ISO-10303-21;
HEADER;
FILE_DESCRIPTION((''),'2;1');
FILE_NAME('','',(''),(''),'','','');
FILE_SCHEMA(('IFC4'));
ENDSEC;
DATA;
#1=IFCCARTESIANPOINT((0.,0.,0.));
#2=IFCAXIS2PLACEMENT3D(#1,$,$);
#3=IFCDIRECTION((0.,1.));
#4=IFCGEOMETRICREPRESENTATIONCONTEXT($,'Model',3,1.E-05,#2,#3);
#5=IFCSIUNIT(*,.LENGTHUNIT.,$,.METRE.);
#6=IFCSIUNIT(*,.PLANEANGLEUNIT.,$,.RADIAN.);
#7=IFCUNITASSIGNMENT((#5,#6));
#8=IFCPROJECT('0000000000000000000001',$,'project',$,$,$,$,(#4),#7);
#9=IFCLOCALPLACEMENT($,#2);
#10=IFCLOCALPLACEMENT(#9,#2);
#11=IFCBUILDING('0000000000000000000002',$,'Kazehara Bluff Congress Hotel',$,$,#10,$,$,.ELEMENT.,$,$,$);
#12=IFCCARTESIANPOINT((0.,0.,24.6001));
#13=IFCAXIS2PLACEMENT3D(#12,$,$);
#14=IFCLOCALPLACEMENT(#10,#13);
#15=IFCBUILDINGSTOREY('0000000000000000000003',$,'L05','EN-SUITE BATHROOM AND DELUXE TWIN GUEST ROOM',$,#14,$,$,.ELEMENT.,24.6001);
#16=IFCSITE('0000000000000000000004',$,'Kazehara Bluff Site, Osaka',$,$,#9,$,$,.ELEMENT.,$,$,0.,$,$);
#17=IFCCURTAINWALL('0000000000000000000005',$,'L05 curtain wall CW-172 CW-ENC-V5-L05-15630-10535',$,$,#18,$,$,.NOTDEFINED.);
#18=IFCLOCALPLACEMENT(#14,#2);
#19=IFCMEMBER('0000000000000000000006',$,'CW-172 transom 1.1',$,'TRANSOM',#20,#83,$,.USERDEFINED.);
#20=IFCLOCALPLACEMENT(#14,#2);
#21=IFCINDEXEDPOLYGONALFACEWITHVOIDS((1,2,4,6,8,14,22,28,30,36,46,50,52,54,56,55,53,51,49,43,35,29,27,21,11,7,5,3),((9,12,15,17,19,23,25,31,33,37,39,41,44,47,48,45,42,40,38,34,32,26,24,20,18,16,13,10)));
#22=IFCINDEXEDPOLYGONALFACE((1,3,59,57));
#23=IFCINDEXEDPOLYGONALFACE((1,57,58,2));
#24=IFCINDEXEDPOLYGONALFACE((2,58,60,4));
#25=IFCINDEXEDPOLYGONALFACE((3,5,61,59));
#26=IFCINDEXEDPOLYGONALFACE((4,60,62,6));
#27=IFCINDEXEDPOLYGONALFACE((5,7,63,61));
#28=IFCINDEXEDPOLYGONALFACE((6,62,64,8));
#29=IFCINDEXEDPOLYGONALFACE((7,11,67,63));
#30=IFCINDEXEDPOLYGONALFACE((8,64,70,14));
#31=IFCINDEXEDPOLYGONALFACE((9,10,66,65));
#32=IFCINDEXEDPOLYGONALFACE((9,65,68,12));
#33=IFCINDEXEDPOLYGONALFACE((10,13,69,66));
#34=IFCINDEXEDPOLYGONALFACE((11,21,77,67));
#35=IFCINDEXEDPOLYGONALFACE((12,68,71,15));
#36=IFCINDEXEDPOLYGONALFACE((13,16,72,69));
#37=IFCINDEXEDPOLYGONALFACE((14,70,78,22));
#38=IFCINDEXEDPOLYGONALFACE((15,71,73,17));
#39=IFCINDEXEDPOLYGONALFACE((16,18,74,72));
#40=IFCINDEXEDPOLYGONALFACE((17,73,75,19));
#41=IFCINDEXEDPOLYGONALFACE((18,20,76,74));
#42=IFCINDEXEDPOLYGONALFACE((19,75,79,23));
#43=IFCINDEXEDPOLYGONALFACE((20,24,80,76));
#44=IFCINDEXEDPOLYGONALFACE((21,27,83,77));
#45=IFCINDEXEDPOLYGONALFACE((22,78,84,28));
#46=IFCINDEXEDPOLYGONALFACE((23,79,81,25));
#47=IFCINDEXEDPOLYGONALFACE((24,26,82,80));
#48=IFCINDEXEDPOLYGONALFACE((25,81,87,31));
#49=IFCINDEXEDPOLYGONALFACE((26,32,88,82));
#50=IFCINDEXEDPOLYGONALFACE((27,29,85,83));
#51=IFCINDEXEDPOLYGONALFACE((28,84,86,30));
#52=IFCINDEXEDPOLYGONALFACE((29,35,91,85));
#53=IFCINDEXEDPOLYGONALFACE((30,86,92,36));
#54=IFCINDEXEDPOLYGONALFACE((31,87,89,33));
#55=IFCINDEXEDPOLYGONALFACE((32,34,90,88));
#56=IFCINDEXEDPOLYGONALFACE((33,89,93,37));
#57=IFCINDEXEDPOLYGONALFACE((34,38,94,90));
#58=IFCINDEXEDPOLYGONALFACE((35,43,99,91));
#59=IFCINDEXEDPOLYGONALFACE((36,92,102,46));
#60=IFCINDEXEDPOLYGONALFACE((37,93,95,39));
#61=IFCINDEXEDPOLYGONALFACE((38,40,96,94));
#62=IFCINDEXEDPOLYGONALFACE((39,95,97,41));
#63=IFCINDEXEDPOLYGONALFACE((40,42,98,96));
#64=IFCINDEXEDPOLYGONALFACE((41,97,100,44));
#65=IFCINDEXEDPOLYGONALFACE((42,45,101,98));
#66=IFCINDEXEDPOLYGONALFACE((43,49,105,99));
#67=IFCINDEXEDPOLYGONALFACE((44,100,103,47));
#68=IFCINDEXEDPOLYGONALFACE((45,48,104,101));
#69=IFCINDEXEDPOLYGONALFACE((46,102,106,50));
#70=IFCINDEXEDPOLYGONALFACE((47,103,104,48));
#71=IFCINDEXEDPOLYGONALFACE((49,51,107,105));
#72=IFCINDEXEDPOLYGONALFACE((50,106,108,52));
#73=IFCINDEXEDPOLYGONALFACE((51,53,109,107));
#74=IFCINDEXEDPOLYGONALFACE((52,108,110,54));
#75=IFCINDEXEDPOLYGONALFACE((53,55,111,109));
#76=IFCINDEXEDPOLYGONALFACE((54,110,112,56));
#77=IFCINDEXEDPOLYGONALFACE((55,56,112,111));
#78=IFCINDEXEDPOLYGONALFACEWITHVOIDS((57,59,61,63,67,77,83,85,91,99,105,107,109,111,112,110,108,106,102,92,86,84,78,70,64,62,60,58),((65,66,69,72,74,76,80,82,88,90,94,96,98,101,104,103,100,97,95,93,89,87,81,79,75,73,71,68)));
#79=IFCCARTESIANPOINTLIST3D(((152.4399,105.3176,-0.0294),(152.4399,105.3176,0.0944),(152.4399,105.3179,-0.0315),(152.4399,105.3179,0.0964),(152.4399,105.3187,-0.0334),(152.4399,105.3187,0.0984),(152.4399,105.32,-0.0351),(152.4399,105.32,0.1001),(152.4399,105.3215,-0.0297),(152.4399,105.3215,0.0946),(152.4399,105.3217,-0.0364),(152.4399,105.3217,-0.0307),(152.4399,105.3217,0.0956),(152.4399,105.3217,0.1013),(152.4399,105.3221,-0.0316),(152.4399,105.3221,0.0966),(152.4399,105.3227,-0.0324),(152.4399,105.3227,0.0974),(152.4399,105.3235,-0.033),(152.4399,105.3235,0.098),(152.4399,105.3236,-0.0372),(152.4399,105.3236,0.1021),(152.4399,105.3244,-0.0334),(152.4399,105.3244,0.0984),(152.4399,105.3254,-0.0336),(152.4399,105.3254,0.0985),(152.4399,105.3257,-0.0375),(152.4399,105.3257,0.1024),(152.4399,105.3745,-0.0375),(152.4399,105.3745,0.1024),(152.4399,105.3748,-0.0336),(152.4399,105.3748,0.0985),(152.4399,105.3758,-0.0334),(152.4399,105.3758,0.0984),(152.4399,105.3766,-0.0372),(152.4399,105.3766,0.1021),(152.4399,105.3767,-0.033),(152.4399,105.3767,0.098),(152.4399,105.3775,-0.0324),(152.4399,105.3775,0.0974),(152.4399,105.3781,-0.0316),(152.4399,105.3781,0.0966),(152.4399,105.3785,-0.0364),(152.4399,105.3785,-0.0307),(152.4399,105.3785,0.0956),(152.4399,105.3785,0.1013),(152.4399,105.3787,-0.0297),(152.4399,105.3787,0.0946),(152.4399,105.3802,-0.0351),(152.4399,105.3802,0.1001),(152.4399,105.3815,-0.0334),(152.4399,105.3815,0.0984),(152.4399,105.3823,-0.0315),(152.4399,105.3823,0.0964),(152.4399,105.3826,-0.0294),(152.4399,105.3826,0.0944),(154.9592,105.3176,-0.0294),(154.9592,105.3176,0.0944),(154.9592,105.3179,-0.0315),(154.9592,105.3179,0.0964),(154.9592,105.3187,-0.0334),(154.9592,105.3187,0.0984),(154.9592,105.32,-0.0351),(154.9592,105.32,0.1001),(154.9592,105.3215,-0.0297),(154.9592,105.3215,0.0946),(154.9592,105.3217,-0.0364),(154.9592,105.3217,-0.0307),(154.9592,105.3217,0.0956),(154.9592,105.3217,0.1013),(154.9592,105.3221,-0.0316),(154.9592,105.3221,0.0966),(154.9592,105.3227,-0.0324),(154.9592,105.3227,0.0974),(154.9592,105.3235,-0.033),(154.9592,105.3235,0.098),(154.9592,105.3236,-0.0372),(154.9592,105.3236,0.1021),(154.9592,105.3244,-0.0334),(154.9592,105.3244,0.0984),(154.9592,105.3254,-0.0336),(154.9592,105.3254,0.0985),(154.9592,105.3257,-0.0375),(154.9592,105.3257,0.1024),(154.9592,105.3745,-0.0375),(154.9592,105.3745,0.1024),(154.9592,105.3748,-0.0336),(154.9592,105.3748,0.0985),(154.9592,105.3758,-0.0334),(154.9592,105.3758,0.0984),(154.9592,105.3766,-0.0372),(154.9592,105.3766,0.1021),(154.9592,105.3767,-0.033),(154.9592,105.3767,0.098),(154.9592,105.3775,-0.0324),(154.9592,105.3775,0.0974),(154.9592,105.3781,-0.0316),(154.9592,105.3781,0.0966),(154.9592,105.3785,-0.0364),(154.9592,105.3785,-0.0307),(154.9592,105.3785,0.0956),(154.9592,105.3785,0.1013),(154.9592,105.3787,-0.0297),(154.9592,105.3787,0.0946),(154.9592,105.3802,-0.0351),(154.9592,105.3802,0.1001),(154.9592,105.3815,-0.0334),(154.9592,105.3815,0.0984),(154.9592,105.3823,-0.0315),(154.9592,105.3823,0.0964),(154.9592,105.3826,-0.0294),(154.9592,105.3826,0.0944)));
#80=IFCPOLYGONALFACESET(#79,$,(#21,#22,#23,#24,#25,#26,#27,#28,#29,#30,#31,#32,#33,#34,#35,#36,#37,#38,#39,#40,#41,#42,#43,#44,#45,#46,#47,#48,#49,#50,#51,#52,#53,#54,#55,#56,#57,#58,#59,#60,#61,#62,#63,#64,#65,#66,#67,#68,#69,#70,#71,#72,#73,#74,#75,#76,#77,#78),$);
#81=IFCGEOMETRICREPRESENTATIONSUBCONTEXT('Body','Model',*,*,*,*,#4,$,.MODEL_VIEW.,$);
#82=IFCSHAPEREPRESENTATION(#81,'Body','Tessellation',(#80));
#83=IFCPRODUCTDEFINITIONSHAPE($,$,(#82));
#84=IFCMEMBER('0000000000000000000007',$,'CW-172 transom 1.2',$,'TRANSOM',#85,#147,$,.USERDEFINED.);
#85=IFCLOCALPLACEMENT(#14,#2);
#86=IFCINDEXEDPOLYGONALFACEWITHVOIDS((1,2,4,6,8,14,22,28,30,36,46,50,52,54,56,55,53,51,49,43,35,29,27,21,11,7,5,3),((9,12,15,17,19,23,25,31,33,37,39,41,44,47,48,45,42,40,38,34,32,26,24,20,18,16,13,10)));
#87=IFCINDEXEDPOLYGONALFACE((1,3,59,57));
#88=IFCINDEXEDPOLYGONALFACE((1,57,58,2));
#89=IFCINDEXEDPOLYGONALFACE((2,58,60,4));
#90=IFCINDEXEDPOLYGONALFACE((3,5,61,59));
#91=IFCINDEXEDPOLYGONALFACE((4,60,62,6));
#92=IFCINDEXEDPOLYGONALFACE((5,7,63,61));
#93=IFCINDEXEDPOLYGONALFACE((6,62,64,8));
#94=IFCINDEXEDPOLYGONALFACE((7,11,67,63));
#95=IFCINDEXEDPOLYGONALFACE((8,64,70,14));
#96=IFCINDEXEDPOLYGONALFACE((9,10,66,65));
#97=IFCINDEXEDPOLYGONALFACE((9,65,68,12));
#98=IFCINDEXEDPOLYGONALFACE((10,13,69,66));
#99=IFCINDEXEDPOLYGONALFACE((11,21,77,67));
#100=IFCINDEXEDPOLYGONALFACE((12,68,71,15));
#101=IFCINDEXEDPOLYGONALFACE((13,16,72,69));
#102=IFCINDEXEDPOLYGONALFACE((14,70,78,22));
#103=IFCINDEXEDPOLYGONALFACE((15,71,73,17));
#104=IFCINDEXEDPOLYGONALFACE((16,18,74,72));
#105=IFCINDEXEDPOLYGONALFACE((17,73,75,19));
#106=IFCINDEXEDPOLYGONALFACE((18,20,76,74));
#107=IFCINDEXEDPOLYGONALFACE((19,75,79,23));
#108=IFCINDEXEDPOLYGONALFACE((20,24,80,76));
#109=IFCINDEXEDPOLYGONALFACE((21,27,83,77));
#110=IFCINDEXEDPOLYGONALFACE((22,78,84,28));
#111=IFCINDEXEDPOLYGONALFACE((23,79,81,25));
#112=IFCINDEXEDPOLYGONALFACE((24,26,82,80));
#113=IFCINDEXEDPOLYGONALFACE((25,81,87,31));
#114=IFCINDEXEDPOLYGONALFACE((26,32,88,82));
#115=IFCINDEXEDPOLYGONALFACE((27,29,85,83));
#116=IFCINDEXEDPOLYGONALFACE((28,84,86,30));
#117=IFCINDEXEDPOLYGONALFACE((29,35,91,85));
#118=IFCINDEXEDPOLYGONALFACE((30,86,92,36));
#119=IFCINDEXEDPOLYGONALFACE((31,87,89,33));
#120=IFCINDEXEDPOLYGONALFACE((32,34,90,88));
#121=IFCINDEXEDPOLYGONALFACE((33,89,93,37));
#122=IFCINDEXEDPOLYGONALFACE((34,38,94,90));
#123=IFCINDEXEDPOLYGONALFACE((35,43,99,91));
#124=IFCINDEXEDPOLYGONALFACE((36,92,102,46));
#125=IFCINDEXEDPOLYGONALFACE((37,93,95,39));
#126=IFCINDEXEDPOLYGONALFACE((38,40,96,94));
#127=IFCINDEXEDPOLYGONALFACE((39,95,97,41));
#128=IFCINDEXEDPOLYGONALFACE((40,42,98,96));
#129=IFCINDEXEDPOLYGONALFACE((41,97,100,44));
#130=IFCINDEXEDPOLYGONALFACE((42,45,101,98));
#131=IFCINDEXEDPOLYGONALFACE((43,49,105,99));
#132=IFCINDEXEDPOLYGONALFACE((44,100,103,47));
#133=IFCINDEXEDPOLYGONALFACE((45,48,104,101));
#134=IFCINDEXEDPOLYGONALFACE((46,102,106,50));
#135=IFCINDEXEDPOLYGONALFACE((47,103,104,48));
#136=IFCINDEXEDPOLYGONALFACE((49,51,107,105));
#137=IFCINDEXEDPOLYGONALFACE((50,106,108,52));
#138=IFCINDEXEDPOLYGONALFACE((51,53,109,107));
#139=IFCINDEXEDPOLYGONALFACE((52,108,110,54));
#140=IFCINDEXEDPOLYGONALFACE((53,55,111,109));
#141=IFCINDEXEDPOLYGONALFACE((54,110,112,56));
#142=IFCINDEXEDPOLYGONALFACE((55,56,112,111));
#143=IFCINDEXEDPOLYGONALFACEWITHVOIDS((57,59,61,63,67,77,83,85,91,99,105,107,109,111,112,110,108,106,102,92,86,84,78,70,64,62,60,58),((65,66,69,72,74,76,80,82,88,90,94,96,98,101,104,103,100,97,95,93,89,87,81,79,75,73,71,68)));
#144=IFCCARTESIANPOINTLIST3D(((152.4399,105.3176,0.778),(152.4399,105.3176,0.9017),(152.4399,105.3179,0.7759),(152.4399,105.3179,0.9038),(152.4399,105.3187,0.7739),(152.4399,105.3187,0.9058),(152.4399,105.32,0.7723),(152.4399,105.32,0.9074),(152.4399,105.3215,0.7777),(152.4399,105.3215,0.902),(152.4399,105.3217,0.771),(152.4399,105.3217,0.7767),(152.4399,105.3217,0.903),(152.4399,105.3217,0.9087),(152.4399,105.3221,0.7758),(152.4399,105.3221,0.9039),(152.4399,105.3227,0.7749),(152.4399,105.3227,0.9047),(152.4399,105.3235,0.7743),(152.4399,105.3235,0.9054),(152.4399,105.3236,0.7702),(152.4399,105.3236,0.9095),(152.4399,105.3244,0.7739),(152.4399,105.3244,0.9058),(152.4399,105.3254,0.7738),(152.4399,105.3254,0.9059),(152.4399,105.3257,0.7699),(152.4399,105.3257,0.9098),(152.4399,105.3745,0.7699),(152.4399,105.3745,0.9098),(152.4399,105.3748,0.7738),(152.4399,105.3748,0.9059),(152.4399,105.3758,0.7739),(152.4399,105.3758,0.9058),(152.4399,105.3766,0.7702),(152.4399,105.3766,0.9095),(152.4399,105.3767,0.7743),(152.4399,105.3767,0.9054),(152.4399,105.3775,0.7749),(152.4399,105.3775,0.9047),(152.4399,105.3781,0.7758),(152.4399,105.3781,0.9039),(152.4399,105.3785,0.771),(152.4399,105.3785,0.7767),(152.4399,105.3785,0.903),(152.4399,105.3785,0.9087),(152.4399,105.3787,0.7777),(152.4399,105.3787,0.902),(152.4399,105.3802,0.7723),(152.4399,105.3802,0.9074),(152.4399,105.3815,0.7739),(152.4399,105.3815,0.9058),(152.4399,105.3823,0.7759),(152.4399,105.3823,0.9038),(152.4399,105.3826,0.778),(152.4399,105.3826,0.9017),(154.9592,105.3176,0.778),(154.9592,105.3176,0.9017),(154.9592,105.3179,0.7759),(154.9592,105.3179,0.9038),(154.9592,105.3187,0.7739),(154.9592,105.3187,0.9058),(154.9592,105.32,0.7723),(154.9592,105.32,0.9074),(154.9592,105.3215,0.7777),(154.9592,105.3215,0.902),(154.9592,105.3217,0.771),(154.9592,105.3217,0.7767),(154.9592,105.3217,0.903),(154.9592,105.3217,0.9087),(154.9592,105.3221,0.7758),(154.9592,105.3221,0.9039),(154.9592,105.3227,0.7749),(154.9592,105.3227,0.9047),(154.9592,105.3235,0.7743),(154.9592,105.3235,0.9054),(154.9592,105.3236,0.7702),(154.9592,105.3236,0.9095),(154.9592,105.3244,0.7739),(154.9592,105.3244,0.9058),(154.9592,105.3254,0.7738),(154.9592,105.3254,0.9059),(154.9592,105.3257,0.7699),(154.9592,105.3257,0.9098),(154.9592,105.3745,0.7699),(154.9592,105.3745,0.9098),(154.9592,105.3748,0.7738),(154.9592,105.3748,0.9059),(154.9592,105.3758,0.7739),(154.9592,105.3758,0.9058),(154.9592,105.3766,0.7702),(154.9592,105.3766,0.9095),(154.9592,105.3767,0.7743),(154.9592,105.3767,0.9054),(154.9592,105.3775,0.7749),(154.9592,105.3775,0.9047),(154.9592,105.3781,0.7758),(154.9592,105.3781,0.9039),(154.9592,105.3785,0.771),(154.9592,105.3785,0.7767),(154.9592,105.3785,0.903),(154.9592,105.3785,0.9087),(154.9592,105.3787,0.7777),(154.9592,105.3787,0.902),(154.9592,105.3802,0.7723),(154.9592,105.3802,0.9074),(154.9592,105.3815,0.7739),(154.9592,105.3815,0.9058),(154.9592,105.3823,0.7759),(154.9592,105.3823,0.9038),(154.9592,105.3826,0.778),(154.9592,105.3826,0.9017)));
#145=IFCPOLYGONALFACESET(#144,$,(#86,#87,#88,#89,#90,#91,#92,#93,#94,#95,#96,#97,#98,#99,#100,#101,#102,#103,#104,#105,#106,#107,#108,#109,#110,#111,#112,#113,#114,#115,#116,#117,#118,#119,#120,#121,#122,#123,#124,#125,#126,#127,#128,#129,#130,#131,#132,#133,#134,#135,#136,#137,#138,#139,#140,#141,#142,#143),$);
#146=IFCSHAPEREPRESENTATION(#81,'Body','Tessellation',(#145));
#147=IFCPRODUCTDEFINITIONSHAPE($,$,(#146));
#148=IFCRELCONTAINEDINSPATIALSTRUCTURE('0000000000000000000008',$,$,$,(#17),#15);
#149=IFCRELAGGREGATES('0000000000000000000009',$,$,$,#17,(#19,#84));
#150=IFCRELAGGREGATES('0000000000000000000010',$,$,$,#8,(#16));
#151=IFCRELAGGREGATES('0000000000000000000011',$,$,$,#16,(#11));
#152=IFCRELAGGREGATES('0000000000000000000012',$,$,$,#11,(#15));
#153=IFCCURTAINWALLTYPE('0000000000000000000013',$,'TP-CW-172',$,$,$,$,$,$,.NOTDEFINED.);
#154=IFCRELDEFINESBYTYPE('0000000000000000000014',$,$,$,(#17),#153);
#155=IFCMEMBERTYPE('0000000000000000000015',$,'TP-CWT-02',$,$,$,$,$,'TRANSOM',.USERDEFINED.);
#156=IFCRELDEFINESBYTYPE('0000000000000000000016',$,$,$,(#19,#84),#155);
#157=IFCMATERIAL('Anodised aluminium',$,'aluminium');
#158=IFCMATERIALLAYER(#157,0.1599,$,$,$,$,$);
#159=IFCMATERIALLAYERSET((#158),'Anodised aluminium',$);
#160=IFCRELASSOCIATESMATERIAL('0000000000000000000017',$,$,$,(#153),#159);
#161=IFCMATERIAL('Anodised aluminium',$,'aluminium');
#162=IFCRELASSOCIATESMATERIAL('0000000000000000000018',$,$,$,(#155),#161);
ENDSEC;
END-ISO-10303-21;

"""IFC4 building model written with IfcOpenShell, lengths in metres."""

from ifc_helpers import new_model, si_unit, direction, frame, origin, origin_2d, place, context, subcontext, project, spatial, hollow_rectangle, extrude, material, layer, layer_set, material_profile, profile_set, type_object, element, aggregate, save


model = new_model("IFC4")

# Units and contexts
model_context = context("Model", 3, precision=1e-05, world=origin(), true_north=direction((0.0, 1.0)))
body_context = subcontext(model_context, "Body", "Model", "MODEL_VIEW")
ifc_project = project(units=[si_unit("LENGTHUNIT", "METRE"), si_unit("PLANEANGLEUNIT", "RADIAN")], contexts=[model_context])

# Site, building, storey
site_placement = place(None, origin())
site = spatial("IfcSite", under=ifc_project, at=site_placement, Name="Kazehara Bluff Site, Osaka", CompositionType="ELEMENT", RefElevation=0.0)
building_placement = place(site_placement, origin())
building = spatial("IfcBuilding", under=site, at=building_placement, Name="Kazehara Bluff Congress Hotel", CompositionType="ELEMENT")
storey_placement = place(building_placement, frame((0.0, 0.0, 24.6001)))
storey = spatial("IfcBuildingStorey", under=building, at=storey_placement, Name="L05", Description="EN-SUITE BATHROOM AND DELUXE TWIN GUEST ROOM", CompositionType="ELEMENT", Elevation=24.6001)

# Curtain wall
ifc_material_1 = material(Name="Anodised aluminium", Category="aluminium")
ifc_layer_1 = layer(ifc_material_1, 0.1599)
ifc_layer_set_1 = layer_set([ifc_layer_1], Name="Anodised aluminium")
curtain_wall_type_1 = type_object("IfcCurtainWallType", Name="TP-CW-172", PredefinedType="NOTDEFINED", material=ifc_layer_set_1)
curtain_wall_1_placement = place(storey_placement, origin())
curtain_wall_1 = element("IfcCurtainWall", 1, at=curtain_wall_1_placement, inside=storey, type_object=curtain_wall_type_1, Name="L05 curtain wall CW-172 CW-ENC-V5-L05-15630-10535", PredefinedType="NOTDEFINED")

# Members
ifc_material_2 = material(Name="Anodised aluminium", Category="aluminium")
ifc_material_profile_1 = material_profile(ifc_material_2, hollow_rectangle(XDim=0.0649, YDim=0.1399, WallThickness=0.0039, InnerFilletRadius=0.0039, OuterFilletRadius=0.0081, at=origin_2d()))
ifc_profile_set_1 = profile_set([ifc_material_profile_1], Name="Anodised aluminium")
member_type_1 = type_object("IfcMemberType", Name="TP-CWT-02", ElementType="TRANSOM", PredefinedType="USERDEFINED", material=ifc_profile_set_1)
member_1_placement = place(storey_placement, frame((152.4399, 105.3501, 0.0325), z_axis=(1.0, 0.0, 0.0), x_axis=(0.0, 1.0, 0.0)))
member_1 = element("IfcMember", 2, at=member_1_placement, type_object=member_type_1, Name="CW-172 transom 1.1", ObjectType="TRANSOM", PredefinedType="USERDEFINED", context=body_context, shape_type="SweptSolid", body=[
    extrude(hollow_rectangle(XDim=0.0649, YDim=0.1399, WallThickness=0.0039, InnerFilletRadius=0.0039, OuterFilletRadius=0.0081, at=origin_2d()), origin(), (0.0, 0.0, 1.0), 2.5193),
])
member_2_placement = place(storey_placement, frame((152.4399, 105.3501, 0.8398), z_axis=(1.0, 0.0, 0.0), x_axis=(0.0, 1.0, 0.0)))
member_2 = element("IfcMember", 3, at=member_2_placement, type_object=member_type_1, Name="CW-172 transom 1.2", ObjectType="TRANSOM", PredefinedType="USERDEFINED", context=body_context, shape_type="SweptSolid", body=[
    extrude(hollow_rectangle(XDim=0.0649, YDim=0.1399, WallThickness=0.0039, InnerFilletRadius=0.0039, OuterFilletRadius=0.0081, at=origin_2d()), origin(), (0.0, 0.0, 1.0), 2.5193),
])
aggregate(curtain_wall_1, [member_1, member_2])

save(model, "model.ifc")
